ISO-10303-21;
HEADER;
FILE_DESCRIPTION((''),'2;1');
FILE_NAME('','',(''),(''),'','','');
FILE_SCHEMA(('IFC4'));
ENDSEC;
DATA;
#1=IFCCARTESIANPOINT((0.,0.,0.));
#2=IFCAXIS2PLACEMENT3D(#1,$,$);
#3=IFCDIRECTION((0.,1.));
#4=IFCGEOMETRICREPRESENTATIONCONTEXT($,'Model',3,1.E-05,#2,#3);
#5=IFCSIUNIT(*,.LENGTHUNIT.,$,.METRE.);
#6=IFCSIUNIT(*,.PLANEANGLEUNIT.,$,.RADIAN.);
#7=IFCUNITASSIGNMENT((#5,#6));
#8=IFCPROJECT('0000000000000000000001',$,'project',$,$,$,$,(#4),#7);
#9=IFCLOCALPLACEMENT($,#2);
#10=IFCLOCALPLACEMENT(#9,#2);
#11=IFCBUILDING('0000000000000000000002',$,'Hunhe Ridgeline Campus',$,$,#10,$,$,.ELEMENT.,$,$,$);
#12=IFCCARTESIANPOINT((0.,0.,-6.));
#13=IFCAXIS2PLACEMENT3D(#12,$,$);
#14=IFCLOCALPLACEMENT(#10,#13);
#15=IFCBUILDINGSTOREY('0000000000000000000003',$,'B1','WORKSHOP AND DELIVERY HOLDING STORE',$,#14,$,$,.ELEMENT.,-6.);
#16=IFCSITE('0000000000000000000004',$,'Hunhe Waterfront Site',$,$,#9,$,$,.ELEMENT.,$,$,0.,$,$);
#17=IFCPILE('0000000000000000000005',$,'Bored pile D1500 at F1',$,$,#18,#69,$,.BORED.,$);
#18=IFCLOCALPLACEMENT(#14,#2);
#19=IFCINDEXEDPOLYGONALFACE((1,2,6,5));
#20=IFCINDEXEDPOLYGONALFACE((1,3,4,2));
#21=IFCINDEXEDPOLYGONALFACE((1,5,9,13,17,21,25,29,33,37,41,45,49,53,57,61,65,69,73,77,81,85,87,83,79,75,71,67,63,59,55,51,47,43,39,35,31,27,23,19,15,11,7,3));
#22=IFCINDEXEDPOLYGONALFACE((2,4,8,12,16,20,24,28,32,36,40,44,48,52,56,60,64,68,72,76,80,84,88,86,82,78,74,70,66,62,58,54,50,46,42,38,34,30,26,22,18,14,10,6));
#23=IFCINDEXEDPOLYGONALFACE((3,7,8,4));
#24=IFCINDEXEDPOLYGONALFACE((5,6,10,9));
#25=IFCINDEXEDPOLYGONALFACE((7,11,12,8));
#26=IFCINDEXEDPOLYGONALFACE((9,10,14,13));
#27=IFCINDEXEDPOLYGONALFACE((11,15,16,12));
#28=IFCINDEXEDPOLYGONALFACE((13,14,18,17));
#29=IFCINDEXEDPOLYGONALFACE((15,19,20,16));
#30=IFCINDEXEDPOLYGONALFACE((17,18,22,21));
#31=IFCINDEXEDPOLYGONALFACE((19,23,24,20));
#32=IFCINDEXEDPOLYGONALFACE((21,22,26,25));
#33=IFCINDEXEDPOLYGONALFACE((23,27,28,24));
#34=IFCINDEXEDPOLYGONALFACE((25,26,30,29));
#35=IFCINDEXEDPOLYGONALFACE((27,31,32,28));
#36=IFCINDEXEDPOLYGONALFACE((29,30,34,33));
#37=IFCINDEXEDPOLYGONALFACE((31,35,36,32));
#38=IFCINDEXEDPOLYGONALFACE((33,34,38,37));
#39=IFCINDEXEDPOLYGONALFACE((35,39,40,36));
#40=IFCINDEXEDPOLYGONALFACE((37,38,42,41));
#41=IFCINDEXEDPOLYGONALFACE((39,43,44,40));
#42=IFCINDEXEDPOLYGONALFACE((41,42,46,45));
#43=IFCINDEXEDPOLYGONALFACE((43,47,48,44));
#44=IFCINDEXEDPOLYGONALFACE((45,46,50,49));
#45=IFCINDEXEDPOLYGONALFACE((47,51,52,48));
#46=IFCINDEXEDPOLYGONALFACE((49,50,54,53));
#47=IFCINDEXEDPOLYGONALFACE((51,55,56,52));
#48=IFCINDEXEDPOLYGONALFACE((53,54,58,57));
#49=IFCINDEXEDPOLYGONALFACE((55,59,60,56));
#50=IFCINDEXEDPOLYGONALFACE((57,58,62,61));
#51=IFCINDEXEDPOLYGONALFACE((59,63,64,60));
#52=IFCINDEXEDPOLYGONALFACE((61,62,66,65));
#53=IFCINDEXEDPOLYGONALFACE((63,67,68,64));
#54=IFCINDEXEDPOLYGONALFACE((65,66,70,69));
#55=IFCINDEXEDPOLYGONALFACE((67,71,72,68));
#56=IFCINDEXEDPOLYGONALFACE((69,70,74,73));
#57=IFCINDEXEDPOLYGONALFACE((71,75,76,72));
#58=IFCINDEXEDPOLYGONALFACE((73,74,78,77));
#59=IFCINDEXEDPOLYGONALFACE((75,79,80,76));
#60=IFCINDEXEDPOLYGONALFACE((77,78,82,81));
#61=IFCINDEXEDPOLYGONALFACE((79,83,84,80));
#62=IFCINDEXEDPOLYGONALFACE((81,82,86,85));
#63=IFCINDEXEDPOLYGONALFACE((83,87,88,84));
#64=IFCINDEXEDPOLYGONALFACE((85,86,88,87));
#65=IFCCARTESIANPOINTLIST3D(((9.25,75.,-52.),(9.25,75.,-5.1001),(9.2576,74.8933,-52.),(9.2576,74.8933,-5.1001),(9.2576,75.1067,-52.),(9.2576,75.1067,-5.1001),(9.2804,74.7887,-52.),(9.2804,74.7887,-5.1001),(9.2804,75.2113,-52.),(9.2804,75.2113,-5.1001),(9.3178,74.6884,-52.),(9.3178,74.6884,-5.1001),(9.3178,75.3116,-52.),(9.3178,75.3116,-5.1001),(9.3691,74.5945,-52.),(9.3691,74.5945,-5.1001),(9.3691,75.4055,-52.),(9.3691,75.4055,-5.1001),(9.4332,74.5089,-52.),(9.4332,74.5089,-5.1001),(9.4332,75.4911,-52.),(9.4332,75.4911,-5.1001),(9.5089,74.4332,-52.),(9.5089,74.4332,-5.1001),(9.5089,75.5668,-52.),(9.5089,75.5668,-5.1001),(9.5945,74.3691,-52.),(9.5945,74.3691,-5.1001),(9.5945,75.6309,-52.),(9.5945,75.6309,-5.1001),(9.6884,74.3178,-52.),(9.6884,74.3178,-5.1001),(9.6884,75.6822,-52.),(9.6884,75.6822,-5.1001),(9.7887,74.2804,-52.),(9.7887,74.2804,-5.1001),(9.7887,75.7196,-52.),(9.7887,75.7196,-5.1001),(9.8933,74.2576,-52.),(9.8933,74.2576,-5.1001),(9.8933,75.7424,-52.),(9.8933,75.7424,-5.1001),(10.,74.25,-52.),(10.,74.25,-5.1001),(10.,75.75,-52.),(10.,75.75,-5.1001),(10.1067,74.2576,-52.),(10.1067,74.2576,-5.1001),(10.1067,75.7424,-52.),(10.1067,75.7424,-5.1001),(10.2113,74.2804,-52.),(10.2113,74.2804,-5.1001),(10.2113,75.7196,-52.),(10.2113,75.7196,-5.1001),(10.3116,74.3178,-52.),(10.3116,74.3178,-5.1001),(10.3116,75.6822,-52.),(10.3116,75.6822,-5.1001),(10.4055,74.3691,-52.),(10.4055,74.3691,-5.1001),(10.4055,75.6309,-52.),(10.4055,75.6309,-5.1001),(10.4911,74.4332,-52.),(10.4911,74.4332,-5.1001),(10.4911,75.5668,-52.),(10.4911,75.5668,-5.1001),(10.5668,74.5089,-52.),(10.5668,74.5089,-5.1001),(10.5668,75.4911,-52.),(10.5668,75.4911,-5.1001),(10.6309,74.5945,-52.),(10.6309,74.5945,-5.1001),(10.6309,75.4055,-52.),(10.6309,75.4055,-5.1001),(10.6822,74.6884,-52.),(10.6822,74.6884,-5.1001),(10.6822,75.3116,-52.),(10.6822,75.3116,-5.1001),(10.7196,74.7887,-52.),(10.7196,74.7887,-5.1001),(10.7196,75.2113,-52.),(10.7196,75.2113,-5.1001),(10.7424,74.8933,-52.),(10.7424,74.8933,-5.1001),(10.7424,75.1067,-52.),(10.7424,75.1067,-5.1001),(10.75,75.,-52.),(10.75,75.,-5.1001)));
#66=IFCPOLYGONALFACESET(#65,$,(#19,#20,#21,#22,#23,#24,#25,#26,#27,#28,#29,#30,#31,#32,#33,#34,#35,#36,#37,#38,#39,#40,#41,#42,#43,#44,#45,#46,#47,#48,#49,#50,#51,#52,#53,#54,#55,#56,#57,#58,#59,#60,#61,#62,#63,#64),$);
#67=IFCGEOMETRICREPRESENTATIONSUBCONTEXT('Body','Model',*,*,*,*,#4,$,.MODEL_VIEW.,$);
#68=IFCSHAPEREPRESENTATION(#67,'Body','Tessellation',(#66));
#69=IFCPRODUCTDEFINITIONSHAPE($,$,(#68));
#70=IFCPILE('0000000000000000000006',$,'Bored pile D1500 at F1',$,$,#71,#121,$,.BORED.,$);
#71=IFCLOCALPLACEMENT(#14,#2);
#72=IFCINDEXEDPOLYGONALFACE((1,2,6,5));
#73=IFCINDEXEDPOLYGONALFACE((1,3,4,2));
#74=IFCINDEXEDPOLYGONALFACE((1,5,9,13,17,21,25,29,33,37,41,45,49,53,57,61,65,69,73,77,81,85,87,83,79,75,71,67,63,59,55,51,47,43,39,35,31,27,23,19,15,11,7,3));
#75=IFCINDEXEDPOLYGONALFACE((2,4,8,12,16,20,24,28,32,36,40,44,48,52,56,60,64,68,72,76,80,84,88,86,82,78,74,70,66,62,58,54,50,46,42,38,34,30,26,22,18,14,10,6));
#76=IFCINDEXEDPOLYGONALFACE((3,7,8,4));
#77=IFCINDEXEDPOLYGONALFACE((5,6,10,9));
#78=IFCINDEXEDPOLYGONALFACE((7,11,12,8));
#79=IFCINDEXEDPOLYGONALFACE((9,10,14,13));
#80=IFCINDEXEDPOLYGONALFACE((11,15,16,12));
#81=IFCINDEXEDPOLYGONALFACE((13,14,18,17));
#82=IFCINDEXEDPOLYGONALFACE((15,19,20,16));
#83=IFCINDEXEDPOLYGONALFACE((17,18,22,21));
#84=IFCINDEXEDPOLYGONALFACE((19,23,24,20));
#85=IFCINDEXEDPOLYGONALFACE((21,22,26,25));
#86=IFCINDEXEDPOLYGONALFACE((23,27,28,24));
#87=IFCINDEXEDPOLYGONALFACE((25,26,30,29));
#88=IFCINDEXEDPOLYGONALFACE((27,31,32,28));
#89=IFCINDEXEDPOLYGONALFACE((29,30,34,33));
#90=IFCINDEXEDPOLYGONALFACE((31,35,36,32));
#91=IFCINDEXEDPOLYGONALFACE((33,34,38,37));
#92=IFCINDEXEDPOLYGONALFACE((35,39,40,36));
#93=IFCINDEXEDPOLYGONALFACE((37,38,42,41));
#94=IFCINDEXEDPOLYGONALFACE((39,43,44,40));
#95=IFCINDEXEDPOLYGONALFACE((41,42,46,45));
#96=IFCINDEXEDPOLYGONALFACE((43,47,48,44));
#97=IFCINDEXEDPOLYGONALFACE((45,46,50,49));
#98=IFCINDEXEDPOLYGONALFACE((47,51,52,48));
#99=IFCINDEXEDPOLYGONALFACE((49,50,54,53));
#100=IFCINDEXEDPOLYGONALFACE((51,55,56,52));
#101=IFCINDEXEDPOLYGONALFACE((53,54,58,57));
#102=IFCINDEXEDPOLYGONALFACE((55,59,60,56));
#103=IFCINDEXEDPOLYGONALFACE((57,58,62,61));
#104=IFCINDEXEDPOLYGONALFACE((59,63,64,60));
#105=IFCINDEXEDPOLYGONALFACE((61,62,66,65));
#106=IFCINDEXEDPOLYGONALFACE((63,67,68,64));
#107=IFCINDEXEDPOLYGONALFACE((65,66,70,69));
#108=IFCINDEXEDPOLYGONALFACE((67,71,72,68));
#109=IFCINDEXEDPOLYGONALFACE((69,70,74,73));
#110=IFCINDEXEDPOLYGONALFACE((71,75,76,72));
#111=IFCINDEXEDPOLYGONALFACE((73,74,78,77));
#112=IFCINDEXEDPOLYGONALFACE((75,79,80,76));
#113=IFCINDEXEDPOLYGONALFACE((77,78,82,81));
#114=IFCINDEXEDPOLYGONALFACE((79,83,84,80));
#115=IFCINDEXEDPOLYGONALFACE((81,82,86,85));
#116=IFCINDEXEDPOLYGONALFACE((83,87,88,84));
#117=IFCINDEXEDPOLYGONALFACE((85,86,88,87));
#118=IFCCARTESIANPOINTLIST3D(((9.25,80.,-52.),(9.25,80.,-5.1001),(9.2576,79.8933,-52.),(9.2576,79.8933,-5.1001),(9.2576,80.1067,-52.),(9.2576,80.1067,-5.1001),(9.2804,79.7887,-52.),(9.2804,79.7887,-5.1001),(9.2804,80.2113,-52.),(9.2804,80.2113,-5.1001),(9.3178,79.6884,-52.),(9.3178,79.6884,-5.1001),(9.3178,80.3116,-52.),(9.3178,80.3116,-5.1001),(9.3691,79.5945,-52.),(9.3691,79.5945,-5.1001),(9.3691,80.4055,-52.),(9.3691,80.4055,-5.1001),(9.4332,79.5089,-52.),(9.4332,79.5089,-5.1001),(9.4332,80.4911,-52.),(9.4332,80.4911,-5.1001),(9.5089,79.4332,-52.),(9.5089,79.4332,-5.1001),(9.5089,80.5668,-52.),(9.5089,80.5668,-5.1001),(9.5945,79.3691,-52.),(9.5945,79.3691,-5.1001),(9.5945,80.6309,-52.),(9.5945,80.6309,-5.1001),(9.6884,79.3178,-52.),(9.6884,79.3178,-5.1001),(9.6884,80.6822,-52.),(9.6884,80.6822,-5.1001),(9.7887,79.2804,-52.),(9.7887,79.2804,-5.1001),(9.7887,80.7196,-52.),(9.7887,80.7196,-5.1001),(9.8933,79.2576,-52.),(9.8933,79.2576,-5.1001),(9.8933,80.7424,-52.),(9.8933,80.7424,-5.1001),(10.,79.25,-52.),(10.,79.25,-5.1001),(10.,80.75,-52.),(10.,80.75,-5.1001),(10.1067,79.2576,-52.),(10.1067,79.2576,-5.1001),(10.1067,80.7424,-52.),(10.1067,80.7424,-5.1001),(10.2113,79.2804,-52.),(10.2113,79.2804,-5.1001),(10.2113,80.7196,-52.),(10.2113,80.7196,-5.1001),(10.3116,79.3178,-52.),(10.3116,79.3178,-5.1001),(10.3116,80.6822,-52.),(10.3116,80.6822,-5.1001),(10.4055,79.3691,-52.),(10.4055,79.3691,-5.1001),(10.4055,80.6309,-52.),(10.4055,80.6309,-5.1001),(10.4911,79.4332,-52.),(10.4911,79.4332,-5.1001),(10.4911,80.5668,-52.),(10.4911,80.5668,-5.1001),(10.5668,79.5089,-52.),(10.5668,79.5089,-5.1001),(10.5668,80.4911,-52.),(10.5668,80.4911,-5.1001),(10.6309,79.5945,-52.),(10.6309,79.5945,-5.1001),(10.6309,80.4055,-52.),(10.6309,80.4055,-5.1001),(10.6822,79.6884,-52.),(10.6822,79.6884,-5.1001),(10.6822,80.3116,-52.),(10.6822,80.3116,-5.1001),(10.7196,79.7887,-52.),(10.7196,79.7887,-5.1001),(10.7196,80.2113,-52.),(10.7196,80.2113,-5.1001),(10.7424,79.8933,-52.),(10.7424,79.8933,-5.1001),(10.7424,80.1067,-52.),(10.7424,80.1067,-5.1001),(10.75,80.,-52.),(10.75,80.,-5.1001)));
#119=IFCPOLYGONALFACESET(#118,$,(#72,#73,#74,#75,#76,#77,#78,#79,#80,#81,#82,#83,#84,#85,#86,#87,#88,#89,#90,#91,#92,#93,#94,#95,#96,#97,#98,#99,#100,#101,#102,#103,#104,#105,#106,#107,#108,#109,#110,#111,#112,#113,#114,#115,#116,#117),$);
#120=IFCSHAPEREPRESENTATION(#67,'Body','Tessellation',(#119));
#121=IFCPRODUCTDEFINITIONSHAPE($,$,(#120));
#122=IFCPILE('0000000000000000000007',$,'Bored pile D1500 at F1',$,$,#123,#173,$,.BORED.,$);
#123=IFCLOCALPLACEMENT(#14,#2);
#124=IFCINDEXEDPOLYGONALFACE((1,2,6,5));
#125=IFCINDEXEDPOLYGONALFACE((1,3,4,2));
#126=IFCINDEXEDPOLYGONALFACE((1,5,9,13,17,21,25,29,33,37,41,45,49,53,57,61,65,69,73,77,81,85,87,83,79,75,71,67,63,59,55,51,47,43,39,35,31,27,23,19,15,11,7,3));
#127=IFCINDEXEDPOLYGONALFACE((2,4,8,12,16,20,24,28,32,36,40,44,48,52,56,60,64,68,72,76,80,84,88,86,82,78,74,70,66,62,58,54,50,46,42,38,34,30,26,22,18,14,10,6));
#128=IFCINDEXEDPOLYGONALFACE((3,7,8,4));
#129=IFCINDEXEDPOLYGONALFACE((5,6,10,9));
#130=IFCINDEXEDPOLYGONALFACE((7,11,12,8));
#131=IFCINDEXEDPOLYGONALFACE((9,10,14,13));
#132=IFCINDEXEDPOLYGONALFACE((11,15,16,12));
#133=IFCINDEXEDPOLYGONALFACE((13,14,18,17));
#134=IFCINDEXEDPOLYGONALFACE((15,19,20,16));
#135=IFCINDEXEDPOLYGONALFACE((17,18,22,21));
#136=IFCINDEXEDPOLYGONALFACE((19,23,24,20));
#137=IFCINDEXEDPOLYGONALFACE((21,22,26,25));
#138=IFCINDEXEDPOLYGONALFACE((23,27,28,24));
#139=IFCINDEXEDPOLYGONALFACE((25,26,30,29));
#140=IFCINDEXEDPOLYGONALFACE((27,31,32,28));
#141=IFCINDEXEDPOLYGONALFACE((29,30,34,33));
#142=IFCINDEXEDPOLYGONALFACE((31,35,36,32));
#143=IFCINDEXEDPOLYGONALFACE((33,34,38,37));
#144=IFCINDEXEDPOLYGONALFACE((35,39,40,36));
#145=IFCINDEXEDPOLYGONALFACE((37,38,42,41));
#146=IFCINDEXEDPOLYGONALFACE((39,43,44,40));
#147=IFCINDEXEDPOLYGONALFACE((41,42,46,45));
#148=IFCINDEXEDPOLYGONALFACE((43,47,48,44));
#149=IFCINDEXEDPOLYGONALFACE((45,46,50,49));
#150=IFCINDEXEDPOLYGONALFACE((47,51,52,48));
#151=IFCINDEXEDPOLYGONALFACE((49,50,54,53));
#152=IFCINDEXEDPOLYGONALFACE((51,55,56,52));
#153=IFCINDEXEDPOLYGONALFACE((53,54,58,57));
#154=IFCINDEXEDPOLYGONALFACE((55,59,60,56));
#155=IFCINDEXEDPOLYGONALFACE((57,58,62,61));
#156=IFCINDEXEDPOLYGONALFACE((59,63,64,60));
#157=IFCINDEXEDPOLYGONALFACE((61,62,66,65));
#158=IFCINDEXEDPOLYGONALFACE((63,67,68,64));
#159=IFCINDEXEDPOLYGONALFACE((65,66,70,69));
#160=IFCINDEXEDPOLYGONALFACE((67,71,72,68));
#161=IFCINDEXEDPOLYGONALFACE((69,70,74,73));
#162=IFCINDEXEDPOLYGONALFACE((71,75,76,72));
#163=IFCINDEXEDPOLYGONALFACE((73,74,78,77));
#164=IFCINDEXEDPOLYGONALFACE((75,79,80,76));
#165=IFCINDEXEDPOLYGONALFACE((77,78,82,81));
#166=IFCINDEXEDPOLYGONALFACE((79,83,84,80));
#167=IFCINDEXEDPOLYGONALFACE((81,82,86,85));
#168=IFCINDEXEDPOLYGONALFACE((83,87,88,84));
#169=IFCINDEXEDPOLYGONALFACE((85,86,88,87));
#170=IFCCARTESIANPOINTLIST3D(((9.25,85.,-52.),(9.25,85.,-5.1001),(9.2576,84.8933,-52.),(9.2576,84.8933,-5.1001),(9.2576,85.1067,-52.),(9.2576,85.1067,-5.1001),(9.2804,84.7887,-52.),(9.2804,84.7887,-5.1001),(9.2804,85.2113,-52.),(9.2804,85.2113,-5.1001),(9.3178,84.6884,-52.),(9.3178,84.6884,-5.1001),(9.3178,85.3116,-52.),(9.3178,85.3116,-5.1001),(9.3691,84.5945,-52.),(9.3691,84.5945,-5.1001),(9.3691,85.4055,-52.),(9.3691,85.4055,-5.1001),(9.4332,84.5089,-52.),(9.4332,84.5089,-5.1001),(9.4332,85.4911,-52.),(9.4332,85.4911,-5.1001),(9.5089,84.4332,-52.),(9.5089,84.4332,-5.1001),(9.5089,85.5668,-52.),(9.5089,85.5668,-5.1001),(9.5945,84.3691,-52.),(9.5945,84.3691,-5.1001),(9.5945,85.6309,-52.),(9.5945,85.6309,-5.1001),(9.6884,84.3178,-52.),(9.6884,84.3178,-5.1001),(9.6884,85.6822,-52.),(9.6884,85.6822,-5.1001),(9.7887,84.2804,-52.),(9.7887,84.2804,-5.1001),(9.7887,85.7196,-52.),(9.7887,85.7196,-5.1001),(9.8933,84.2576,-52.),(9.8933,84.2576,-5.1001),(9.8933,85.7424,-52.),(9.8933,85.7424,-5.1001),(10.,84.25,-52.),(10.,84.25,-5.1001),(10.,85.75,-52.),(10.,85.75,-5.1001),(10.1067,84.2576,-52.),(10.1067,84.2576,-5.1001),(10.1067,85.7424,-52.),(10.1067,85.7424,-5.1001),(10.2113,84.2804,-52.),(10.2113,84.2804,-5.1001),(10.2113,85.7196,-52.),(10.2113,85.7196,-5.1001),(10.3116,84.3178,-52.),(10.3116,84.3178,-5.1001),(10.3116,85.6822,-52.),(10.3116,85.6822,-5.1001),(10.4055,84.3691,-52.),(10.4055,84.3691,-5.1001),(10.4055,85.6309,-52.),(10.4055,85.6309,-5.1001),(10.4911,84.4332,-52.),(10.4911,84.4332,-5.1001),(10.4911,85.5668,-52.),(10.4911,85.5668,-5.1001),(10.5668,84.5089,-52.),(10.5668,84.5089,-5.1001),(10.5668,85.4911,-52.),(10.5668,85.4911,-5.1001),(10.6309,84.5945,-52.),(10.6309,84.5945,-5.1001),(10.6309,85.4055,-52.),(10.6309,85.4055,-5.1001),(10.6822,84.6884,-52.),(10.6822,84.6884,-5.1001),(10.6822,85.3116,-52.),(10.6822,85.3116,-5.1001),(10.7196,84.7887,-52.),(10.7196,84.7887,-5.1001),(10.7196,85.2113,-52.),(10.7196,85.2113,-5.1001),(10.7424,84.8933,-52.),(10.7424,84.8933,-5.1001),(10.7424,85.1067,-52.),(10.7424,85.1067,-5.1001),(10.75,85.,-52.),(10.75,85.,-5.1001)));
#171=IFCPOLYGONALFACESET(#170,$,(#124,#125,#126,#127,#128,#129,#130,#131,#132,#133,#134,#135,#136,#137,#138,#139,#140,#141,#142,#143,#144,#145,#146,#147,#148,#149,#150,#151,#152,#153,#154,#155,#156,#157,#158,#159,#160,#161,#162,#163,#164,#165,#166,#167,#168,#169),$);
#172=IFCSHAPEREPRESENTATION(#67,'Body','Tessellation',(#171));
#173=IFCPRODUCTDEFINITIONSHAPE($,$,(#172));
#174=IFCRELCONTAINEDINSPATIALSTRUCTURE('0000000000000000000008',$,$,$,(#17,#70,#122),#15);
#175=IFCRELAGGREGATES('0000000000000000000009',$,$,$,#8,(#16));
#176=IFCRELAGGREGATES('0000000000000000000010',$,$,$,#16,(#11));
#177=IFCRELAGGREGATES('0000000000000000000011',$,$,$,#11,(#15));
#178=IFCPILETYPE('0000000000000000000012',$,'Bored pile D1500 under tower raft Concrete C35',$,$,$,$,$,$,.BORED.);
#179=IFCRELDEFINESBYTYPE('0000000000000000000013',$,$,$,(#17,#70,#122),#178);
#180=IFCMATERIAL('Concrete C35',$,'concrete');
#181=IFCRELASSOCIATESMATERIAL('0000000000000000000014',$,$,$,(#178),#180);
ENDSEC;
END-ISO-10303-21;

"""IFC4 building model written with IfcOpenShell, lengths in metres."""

from ifc_helpers import new_model, si_unit, direction, frame, origin, origin_2d, place, context, subcontext, project, spatial, circle, extrude, material, material_profile, profile_set, type_object, element, save


model = new_model("IFC4")

# Units and contexts
model_context = context("Model", 3, precision=1e-05, world=origin(), true_north=direction((0.0, 1.0)))
body_context = subcontext(model_context, "Body", "Model", "MODEL_VIEW")
ifc_project = project(units=[si_unit("LENGTHUNIT", "METRE"), si_unit("PLANEANGLEUNIT", "RADIAN")], contexts=[model_context])

# Site, building, storey
site_placement = place(None, origin())
site = spatial("IfcSite", under=ifc_project, at=site_placement, Name="Hunhe Waterfront Site", CompositionType="ELEMENT", RefElevation=0.0)
building_placement = place(site_placement, origin())
building = spatial("IfcBuilding", under=site, at=building_placement, Name="Hunhe Ridgeline Campus", CompositionType="ELEMENT")
storey_placement = place(building_placement, frame((0.0, 0.0, -6.0)))
storey = spatial("IfcBuildingStorey", under=building, at=storey_placement, Name="B1", Description="WORKSHOP AND DELIVERY HOLDING STORE", CompositionType="ELEMENT", Elevation=-6.0)

# Piles
ifc_material_1 = material(Name="Concrete C35", Category="concrete")
ifc_material_profile = material_profile(ifc_material_1, circle(Radius=0.75, at=origin_2d()))
ifc_profile_set = profile_set([ifc_material_profile], Name="Concrete C35")
pile_type = type_object("IfcPileType", Name="Bored pile D1500 under tower raft Concrete C35", PredefinedType="BORED", material=ifc_profile_set)
for number, where, z_axis, x_axis, name in (
    (1, (10.0, 75.0, -5.1001), (0.0, 0.0, -1.0), (1.0, 0.0, 0.0), "Bored pile D1500 at F1"),
    (2, (10.0, 80.0, -5.1001), (0.0, 0.0, -1.0), (1.0, 0.0, 0.0), "Bored pile D1500 at F1"),
    (3, (10.0, 85.0, -5.1001), (0.0, 0.0, -1.0), (1.0, 0.0, 0.0), "Bored pile D1500 at F1"),
):
    element("IfcPile", number, at=place(storey_placement, frame(where, z_axis=z_axis, x_axis=x_axis)), inside=storey, type_object=pile_type, Name=name, PredefinedType="BORED", context=body_context, shape_type="SweptSolid", body=[
        extrude(circle(Radius=0.75, at=origin_2d()), origin(), (0.0, 0.0, 1.0), 46.8999),
    ])

save(model, "model.ifc")
